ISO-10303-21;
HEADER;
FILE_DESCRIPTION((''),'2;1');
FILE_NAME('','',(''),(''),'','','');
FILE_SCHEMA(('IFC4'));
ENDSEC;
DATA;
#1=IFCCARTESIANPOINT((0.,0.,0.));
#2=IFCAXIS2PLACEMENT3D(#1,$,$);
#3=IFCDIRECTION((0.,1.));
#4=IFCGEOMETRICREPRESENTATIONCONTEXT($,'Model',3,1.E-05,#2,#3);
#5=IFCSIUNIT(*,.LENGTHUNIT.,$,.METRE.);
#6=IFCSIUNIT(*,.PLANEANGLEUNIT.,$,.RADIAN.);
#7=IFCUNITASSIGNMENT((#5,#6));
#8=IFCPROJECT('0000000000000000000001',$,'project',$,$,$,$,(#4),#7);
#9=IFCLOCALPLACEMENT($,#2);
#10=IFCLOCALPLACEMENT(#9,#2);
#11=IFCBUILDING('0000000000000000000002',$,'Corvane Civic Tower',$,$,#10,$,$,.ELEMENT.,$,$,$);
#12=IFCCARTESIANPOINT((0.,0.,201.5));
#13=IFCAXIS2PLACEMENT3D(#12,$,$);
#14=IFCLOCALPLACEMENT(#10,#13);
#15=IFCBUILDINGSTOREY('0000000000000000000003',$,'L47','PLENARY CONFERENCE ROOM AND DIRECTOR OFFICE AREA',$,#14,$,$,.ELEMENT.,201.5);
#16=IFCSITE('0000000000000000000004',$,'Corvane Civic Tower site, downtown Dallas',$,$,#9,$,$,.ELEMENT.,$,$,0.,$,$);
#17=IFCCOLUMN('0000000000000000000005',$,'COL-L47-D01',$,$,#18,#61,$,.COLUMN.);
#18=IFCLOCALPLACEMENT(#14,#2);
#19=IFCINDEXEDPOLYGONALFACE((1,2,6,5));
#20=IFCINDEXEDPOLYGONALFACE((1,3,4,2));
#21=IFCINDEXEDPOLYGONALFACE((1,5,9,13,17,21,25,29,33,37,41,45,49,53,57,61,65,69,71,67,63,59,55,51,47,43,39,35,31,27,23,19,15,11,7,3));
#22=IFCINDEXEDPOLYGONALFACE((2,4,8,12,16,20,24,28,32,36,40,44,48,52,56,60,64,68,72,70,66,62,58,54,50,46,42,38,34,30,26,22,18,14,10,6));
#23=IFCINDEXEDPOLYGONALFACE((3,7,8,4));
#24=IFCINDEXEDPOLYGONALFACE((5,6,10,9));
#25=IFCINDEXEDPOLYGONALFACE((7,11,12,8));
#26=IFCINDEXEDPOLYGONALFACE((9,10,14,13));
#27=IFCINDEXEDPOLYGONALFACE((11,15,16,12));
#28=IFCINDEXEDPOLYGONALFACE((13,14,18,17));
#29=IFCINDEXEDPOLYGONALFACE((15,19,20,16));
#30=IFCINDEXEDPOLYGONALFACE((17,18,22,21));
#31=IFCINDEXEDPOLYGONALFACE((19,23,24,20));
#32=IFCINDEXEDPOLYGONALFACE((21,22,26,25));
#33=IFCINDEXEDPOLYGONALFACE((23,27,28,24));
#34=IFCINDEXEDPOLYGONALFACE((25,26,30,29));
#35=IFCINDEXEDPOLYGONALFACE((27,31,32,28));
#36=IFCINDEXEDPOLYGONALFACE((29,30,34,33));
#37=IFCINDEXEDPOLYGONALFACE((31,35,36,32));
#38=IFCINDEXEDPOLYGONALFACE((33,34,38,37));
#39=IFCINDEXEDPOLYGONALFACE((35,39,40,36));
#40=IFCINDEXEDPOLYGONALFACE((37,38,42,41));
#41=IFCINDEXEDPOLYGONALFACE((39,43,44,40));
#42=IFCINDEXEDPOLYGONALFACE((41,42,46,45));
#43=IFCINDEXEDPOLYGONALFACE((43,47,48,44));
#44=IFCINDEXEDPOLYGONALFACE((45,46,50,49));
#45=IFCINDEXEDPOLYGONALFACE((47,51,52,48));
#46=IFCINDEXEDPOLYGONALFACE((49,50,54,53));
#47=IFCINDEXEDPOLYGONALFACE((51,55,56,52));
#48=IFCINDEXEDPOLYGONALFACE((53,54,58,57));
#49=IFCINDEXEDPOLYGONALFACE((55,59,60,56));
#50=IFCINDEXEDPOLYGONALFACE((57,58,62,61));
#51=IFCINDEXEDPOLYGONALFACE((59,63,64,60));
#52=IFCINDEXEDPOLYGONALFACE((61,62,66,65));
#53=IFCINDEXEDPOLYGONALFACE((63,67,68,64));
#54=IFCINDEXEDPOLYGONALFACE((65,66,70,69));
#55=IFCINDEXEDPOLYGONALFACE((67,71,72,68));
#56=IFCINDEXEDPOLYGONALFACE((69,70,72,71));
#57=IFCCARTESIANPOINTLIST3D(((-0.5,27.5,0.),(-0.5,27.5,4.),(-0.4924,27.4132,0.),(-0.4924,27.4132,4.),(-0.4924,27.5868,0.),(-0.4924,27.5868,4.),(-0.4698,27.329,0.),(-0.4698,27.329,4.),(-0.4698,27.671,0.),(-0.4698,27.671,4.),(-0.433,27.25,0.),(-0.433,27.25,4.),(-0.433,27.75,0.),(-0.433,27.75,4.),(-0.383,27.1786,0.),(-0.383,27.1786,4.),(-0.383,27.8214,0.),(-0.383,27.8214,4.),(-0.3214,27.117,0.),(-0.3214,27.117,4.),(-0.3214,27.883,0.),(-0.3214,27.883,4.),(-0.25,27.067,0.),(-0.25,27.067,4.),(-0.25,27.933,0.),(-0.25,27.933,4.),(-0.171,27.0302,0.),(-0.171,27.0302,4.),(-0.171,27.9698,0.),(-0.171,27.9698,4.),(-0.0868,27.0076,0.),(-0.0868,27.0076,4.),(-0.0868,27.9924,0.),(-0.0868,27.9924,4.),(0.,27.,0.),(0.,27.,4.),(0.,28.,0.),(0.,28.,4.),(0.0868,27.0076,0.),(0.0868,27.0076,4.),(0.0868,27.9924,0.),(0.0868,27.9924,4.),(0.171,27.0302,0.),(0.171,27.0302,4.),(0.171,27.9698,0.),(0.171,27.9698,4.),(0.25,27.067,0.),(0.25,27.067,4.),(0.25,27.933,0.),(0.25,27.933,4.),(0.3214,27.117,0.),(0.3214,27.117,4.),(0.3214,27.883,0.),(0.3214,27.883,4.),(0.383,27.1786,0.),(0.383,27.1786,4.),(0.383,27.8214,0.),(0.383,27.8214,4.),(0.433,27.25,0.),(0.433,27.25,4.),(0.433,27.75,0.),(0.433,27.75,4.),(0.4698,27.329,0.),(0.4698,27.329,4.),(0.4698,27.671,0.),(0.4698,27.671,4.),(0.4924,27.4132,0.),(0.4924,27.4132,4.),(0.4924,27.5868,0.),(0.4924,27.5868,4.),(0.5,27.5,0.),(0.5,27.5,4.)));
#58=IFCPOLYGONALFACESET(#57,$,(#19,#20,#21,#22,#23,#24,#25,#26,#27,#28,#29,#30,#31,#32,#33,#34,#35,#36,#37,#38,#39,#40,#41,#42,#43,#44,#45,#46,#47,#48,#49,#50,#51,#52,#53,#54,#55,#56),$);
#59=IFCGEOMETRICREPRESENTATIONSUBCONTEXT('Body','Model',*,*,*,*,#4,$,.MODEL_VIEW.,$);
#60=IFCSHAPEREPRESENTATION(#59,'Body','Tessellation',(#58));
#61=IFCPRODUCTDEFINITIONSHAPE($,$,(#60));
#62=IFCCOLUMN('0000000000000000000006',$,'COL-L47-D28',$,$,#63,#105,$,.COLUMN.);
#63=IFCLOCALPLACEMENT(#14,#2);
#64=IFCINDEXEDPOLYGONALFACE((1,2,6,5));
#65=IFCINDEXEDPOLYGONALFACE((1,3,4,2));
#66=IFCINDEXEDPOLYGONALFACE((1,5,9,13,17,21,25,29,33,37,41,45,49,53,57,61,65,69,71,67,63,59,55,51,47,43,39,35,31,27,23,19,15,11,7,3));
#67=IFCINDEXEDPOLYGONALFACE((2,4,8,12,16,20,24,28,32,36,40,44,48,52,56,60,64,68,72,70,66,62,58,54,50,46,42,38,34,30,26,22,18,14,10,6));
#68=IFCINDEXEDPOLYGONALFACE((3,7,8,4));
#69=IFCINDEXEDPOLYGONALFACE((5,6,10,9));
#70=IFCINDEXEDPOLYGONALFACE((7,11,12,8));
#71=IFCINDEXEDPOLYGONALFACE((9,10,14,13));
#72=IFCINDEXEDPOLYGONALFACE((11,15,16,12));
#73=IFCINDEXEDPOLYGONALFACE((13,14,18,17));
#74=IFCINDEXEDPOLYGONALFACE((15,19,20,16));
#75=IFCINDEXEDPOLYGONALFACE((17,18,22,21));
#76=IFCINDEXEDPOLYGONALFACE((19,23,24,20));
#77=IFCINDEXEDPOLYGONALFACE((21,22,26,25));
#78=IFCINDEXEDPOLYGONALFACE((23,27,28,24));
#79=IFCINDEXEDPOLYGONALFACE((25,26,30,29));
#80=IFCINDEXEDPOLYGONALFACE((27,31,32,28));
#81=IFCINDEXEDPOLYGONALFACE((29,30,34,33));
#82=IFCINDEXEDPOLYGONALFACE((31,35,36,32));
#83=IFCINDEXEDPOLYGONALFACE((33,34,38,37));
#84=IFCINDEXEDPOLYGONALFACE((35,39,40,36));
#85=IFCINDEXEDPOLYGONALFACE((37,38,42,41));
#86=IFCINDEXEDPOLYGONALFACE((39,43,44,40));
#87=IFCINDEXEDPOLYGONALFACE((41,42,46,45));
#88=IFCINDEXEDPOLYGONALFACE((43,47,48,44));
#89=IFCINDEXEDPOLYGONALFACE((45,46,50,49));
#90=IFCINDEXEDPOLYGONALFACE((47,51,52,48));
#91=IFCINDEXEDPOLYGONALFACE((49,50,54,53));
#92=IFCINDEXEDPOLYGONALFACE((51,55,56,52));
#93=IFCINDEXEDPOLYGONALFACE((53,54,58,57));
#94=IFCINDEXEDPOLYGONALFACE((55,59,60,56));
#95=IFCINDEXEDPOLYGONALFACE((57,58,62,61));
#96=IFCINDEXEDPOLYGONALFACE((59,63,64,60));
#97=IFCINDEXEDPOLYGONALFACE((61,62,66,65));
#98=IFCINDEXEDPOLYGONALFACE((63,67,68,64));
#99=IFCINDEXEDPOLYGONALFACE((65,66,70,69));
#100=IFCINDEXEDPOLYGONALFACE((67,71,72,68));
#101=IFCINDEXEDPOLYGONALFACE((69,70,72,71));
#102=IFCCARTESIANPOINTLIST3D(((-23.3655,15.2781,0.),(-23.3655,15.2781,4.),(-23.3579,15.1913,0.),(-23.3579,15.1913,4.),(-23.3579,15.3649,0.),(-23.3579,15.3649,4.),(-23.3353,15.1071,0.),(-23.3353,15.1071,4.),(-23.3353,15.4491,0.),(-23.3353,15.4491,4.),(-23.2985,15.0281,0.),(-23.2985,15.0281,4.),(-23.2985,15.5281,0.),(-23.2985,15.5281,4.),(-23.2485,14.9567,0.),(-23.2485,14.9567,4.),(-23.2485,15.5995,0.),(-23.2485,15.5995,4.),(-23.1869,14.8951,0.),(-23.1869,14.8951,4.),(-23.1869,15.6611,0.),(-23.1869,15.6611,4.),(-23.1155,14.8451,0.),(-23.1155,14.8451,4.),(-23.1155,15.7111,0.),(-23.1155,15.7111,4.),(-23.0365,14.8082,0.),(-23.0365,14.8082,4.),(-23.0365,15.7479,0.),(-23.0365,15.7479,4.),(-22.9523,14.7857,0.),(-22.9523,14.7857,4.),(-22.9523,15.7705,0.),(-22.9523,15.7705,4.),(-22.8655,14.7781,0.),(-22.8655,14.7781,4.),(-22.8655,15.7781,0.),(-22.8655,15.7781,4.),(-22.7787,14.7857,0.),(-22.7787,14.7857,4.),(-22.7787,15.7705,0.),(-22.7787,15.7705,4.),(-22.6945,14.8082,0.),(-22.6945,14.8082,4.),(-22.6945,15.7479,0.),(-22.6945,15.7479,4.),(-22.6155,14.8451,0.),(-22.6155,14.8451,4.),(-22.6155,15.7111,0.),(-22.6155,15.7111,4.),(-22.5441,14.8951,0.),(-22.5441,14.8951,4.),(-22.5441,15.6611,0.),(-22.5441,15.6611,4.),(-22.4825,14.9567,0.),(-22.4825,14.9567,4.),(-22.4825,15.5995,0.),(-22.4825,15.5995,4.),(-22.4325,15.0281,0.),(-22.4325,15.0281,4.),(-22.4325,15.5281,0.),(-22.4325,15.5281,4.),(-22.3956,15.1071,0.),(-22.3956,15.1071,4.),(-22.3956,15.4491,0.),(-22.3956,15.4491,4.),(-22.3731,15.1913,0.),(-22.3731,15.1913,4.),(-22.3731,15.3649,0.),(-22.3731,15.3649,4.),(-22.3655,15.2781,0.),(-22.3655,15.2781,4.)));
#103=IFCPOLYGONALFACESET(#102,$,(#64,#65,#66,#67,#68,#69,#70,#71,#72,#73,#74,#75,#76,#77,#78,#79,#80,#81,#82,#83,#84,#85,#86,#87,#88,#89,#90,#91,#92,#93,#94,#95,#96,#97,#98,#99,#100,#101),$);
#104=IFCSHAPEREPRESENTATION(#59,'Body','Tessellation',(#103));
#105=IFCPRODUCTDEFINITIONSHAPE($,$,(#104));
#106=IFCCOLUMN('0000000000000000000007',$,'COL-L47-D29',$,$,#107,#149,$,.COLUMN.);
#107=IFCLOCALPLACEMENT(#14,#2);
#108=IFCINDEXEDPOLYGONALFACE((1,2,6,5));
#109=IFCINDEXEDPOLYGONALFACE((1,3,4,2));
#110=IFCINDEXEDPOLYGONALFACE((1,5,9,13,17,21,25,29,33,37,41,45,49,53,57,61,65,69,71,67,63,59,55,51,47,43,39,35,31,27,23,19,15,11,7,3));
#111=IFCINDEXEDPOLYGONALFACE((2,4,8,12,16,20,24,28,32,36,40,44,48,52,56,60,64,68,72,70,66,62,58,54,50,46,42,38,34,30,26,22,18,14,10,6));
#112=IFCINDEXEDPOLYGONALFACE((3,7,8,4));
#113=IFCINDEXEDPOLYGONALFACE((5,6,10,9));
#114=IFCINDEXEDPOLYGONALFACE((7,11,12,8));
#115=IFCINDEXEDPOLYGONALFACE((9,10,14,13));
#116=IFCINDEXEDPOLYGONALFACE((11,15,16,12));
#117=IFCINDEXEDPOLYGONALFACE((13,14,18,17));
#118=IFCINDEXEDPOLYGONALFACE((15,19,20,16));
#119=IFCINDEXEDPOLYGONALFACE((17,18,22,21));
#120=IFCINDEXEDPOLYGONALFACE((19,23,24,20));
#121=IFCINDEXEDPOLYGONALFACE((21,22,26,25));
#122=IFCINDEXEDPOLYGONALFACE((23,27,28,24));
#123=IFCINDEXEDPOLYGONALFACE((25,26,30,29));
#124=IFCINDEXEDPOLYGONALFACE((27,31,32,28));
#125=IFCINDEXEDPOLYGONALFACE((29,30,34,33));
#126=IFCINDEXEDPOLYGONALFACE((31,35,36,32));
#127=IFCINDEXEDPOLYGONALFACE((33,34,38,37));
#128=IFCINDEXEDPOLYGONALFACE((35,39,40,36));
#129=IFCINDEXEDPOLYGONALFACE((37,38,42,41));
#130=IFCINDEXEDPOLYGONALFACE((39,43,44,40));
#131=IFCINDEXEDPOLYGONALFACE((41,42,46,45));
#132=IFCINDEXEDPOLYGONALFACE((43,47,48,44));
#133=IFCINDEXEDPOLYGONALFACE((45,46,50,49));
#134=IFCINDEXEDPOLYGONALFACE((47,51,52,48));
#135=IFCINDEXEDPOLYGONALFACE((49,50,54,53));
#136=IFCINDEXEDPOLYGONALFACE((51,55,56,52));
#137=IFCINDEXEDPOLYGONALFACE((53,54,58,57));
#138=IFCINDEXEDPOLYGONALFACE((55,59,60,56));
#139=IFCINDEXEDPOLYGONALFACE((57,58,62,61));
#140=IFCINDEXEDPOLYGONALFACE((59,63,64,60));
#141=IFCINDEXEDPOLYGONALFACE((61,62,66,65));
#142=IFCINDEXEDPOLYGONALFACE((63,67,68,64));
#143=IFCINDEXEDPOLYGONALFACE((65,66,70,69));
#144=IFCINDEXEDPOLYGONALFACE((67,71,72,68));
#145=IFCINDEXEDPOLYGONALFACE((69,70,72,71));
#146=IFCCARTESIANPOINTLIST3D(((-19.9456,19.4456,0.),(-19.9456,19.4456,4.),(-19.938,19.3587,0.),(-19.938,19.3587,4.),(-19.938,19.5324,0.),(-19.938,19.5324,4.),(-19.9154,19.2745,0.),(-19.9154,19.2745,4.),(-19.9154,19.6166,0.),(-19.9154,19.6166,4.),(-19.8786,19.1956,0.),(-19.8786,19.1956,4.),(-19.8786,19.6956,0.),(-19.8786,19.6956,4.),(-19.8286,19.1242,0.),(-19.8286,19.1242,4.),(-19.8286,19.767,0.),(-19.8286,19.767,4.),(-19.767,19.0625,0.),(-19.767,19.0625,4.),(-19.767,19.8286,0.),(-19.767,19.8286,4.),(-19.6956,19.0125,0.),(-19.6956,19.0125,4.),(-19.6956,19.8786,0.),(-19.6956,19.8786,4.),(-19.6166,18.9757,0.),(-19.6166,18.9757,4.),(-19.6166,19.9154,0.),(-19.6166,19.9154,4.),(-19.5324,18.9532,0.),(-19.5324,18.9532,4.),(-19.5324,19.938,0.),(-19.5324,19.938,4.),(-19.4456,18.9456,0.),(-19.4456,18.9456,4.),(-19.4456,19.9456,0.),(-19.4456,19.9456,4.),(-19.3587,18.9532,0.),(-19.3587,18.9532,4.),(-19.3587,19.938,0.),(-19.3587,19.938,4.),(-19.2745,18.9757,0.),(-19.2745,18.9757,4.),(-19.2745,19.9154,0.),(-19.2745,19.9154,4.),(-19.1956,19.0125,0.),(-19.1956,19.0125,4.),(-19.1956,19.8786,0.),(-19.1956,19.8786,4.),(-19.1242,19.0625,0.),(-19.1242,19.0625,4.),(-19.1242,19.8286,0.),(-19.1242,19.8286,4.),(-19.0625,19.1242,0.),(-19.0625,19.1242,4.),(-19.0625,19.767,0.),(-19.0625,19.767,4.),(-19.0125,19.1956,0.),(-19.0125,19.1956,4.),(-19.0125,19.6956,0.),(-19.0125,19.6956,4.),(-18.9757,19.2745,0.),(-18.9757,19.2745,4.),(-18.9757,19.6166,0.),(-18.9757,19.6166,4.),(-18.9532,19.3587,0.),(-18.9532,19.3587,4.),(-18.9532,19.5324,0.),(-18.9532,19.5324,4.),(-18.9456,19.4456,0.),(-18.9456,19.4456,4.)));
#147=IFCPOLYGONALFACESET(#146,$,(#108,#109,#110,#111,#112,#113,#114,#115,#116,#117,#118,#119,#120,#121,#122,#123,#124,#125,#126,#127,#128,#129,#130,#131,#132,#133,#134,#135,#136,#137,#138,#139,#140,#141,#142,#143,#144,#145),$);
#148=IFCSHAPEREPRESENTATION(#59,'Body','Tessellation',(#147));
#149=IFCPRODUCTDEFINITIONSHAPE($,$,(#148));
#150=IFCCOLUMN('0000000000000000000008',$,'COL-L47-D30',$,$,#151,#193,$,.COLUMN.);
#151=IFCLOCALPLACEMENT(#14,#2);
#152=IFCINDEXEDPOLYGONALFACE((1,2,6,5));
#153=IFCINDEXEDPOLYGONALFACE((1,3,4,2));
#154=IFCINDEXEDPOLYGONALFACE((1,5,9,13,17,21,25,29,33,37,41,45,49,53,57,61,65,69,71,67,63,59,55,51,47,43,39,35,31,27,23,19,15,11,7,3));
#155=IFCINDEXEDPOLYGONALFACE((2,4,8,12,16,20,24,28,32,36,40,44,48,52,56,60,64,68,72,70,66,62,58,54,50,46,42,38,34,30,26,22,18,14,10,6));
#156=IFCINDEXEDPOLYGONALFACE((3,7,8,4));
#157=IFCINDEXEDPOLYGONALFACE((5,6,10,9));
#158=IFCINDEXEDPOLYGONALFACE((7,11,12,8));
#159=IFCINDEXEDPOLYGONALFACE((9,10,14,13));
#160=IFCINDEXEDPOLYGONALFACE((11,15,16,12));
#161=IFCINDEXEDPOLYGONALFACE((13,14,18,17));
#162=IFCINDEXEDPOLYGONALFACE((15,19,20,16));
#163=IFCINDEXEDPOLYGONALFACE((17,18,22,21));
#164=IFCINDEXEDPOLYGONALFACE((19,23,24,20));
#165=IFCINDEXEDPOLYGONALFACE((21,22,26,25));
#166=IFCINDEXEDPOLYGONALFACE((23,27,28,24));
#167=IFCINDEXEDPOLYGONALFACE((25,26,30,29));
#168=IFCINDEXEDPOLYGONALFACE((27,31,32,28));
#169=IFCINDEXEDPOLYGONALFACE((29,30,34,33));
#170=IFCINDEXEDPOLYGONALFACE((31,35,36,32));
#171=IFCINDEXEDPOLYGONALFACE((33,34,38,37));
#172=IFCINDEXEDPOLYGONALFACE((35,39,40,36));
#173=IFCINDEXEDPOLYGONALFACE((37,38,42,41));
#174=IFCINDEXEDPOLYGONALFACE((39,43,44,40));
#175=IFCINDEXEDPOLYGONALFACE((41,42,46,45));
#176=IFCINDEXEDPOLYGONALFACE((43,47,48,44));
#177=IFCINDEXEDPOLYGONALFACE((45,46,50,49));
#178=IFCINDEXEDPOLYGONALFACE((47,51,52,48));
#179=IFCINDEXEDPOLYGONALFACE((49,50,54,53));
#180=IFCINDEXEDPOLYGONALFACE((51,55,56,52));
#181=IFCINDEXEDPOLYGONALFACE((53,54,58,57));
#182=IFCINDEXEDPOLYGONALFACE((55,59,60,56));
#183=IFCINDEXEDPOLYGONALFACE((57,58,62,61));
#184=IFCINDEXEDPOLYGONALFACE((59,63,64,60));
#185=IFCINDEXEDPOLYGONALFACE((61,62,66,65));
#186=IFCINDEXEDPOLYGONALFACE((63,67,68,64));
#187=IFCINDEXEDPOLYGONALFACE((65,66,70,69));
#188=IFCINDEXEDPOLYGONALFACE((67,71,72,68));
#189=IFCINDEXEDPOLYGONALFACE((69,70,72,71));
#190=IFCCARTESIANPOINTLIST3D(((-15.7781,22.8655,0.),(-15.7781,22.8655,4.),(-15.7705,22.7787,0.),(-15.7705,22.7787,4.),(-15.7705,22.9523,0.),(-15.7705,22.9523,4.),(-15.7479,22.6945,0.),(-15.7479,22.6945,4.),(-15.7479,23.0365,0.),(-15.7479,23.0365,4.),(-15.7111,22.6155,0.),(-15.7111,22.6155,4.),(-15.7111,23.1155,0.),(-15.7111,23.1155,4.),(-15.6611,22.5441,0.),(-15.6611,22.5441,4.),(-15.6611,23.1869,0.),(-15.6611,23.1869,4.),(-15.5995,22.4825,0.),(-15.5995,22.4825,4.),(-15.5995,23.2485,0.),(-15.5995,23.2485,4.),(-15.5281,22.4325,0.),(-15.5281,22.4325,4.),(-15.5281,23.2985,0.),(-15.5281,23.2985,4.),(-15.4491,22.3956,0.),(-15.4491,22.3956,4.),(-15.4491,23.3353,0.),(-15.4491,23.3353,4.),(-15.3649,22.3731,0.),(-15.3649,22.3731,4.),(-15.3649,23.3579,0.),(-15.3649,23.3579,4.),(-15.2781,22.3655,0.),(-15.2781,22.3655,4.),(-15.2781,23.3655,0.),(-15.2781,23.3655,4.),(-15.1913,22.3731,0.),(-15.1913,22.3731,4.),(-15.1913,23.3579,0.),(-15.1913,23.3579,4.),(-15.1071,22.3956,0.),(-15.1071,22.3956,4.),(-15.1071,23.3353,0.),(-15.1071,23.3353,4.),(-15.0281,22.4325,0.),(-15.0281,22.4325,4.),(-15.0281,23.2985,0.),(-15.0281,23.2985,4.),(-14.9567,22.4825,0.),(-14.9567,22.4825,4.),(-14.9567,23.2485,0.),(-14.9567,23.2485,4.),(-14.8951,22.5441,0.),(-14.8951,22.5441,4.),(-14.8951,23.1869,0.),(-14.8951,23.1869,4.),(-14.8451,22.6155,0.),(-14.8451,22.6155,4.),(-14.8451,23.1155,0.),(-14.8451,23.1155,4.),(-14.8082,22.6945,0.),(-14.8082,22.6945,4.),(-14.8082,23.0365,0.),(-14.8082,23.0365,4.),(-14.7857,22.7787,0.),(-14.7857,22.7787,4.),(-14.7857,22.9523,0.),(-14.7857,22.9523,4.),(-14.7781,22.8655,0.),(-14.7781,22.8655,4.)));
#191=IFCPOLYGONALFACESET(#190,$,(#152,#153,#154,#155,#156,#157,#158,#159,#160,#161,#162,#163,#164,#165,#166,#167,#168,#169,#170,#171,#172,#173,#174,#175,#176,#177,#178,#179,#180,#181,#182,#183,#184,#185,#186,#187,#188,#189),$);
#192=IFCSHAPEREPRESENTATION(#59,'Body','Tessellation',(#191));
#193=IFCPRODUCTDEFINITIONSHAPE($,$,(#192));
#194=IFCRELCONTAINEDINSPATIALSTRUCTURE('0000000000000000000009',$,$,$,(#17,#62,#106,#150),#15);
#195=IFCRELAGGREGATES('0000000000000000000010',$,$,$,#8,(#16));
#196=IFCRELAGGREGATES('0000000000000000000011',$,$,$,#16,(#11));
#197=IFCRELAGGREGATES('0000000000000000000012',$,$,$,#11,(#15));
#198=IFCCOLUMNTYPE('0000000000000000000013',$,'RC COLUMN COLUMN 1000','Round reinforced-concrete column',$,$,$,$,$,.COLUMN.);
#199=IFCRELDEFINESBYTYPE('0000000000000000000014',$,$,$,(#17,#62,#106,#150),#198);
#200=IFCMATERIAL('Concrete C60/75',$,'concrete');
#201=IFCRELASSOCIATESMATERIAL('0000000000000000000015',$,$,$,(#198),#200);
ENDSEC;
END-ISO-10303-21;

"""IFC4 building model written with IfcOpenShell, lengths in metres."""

from ifc_helpers import new_model, si_unit, direction, frame, origin, origin_2d, place, context, subcontext, project, spatial, circle, extrude, material, material_profile, profile_set, type_object, element, save


model = new_model("IFC4")

# Units and contexts
model_context = context("Model", 3, precision=1e-05, world=origin(), true_north=direction((0.0, 1.0)))
body_context = subcontext(model_context, "Body", "Model", "MODEL_VIEW")
ifc_project = project(units=[si_unit("LENGTHUNIT", "METRE"), si_unit("PLANEANGLEUNIT", "RADIAN")], contexts=[model_context])

# Site, building, storey
site_placement = place(None, origin())
site = spatial("IfcSite", under=ifc_project, at=site_placement, Name="Corvane Civic Tower site, downtown Dallas", CompositionType="ELEMENT", RefElevation=0.0)
building_placement = place(site_placement, origin())
building = spatial("IfcBuilding", under=site, at=building_placement, Name="Corvane Civic Tower", CompositionType="ELEMENT")
storey_placement = place(building_placement, frame((0.0, 0.0, 201.5)))
storey = spatial("IfcBuildingStorey", under=building, at=storey_placement, Name="L47", Description="PLENARY CONFERENCE ROOM AND DIRECTOR OFFICE AREA", CompositionType="ELEMENT", Elevation=201.5)

# Columns
ifc_material_1 = material(Name="Concrete C60/75", Category="concrete")
ifc_material_profile_1 = material_profile(ifc_material_1, circle(Radius=0.5, at=origin_2d()), Name="COLUMN 1000")
ifc_profile_set_1 = profile_set([ifc_material_profile_1], Name="Concrete C60/75")
column_type = type_object("IfcColumnType", Name="RC COLUMN COLUMN 1000", Description="Round reinforced-concrete column", PredefinedType="COLUMN", material=ifc_profile_set_1)
for number, where, z_axis, x_axis, name in (
    (1, (0.0, 27.5, 0.0), (0.0, 0.0, 1.0), (1.0, 0.0, 0.0), "COL-L47-D01"),
    (2, (-22.8655, 15.2781, 0.0), (0.0, 0.0, 1.0), (1.0, 0.0, 0.0), "COL-L47-D28"),
    (3, (-19.4456, 19.4456, 0.0), (0.0, 0.0, 1.0), (1.0, 0.0, 0.0), "COL-L47-D29"),
    (4, (-15.2781, 22.8655, 0.0), (0.0, 0.0, 1.0), (1.0, 0.0, 0.0), "COL-L47-D30"),
):
    element("IfcColumn", number, at=place(storey_placement, frame(where, z_axis=z_axis, x_axis=x_axis)), inside=storey, type_object=column_type, Name=name, PredefinedType="COLUMN", context=body_context, shape_type="SweptSolid", body=[
        extrude(circle(Radius=0.5, at=origin_2d()), origin(), (0.0, 0.0, 1.0), 4.0),
    ])

save(model, "model.ifc")
